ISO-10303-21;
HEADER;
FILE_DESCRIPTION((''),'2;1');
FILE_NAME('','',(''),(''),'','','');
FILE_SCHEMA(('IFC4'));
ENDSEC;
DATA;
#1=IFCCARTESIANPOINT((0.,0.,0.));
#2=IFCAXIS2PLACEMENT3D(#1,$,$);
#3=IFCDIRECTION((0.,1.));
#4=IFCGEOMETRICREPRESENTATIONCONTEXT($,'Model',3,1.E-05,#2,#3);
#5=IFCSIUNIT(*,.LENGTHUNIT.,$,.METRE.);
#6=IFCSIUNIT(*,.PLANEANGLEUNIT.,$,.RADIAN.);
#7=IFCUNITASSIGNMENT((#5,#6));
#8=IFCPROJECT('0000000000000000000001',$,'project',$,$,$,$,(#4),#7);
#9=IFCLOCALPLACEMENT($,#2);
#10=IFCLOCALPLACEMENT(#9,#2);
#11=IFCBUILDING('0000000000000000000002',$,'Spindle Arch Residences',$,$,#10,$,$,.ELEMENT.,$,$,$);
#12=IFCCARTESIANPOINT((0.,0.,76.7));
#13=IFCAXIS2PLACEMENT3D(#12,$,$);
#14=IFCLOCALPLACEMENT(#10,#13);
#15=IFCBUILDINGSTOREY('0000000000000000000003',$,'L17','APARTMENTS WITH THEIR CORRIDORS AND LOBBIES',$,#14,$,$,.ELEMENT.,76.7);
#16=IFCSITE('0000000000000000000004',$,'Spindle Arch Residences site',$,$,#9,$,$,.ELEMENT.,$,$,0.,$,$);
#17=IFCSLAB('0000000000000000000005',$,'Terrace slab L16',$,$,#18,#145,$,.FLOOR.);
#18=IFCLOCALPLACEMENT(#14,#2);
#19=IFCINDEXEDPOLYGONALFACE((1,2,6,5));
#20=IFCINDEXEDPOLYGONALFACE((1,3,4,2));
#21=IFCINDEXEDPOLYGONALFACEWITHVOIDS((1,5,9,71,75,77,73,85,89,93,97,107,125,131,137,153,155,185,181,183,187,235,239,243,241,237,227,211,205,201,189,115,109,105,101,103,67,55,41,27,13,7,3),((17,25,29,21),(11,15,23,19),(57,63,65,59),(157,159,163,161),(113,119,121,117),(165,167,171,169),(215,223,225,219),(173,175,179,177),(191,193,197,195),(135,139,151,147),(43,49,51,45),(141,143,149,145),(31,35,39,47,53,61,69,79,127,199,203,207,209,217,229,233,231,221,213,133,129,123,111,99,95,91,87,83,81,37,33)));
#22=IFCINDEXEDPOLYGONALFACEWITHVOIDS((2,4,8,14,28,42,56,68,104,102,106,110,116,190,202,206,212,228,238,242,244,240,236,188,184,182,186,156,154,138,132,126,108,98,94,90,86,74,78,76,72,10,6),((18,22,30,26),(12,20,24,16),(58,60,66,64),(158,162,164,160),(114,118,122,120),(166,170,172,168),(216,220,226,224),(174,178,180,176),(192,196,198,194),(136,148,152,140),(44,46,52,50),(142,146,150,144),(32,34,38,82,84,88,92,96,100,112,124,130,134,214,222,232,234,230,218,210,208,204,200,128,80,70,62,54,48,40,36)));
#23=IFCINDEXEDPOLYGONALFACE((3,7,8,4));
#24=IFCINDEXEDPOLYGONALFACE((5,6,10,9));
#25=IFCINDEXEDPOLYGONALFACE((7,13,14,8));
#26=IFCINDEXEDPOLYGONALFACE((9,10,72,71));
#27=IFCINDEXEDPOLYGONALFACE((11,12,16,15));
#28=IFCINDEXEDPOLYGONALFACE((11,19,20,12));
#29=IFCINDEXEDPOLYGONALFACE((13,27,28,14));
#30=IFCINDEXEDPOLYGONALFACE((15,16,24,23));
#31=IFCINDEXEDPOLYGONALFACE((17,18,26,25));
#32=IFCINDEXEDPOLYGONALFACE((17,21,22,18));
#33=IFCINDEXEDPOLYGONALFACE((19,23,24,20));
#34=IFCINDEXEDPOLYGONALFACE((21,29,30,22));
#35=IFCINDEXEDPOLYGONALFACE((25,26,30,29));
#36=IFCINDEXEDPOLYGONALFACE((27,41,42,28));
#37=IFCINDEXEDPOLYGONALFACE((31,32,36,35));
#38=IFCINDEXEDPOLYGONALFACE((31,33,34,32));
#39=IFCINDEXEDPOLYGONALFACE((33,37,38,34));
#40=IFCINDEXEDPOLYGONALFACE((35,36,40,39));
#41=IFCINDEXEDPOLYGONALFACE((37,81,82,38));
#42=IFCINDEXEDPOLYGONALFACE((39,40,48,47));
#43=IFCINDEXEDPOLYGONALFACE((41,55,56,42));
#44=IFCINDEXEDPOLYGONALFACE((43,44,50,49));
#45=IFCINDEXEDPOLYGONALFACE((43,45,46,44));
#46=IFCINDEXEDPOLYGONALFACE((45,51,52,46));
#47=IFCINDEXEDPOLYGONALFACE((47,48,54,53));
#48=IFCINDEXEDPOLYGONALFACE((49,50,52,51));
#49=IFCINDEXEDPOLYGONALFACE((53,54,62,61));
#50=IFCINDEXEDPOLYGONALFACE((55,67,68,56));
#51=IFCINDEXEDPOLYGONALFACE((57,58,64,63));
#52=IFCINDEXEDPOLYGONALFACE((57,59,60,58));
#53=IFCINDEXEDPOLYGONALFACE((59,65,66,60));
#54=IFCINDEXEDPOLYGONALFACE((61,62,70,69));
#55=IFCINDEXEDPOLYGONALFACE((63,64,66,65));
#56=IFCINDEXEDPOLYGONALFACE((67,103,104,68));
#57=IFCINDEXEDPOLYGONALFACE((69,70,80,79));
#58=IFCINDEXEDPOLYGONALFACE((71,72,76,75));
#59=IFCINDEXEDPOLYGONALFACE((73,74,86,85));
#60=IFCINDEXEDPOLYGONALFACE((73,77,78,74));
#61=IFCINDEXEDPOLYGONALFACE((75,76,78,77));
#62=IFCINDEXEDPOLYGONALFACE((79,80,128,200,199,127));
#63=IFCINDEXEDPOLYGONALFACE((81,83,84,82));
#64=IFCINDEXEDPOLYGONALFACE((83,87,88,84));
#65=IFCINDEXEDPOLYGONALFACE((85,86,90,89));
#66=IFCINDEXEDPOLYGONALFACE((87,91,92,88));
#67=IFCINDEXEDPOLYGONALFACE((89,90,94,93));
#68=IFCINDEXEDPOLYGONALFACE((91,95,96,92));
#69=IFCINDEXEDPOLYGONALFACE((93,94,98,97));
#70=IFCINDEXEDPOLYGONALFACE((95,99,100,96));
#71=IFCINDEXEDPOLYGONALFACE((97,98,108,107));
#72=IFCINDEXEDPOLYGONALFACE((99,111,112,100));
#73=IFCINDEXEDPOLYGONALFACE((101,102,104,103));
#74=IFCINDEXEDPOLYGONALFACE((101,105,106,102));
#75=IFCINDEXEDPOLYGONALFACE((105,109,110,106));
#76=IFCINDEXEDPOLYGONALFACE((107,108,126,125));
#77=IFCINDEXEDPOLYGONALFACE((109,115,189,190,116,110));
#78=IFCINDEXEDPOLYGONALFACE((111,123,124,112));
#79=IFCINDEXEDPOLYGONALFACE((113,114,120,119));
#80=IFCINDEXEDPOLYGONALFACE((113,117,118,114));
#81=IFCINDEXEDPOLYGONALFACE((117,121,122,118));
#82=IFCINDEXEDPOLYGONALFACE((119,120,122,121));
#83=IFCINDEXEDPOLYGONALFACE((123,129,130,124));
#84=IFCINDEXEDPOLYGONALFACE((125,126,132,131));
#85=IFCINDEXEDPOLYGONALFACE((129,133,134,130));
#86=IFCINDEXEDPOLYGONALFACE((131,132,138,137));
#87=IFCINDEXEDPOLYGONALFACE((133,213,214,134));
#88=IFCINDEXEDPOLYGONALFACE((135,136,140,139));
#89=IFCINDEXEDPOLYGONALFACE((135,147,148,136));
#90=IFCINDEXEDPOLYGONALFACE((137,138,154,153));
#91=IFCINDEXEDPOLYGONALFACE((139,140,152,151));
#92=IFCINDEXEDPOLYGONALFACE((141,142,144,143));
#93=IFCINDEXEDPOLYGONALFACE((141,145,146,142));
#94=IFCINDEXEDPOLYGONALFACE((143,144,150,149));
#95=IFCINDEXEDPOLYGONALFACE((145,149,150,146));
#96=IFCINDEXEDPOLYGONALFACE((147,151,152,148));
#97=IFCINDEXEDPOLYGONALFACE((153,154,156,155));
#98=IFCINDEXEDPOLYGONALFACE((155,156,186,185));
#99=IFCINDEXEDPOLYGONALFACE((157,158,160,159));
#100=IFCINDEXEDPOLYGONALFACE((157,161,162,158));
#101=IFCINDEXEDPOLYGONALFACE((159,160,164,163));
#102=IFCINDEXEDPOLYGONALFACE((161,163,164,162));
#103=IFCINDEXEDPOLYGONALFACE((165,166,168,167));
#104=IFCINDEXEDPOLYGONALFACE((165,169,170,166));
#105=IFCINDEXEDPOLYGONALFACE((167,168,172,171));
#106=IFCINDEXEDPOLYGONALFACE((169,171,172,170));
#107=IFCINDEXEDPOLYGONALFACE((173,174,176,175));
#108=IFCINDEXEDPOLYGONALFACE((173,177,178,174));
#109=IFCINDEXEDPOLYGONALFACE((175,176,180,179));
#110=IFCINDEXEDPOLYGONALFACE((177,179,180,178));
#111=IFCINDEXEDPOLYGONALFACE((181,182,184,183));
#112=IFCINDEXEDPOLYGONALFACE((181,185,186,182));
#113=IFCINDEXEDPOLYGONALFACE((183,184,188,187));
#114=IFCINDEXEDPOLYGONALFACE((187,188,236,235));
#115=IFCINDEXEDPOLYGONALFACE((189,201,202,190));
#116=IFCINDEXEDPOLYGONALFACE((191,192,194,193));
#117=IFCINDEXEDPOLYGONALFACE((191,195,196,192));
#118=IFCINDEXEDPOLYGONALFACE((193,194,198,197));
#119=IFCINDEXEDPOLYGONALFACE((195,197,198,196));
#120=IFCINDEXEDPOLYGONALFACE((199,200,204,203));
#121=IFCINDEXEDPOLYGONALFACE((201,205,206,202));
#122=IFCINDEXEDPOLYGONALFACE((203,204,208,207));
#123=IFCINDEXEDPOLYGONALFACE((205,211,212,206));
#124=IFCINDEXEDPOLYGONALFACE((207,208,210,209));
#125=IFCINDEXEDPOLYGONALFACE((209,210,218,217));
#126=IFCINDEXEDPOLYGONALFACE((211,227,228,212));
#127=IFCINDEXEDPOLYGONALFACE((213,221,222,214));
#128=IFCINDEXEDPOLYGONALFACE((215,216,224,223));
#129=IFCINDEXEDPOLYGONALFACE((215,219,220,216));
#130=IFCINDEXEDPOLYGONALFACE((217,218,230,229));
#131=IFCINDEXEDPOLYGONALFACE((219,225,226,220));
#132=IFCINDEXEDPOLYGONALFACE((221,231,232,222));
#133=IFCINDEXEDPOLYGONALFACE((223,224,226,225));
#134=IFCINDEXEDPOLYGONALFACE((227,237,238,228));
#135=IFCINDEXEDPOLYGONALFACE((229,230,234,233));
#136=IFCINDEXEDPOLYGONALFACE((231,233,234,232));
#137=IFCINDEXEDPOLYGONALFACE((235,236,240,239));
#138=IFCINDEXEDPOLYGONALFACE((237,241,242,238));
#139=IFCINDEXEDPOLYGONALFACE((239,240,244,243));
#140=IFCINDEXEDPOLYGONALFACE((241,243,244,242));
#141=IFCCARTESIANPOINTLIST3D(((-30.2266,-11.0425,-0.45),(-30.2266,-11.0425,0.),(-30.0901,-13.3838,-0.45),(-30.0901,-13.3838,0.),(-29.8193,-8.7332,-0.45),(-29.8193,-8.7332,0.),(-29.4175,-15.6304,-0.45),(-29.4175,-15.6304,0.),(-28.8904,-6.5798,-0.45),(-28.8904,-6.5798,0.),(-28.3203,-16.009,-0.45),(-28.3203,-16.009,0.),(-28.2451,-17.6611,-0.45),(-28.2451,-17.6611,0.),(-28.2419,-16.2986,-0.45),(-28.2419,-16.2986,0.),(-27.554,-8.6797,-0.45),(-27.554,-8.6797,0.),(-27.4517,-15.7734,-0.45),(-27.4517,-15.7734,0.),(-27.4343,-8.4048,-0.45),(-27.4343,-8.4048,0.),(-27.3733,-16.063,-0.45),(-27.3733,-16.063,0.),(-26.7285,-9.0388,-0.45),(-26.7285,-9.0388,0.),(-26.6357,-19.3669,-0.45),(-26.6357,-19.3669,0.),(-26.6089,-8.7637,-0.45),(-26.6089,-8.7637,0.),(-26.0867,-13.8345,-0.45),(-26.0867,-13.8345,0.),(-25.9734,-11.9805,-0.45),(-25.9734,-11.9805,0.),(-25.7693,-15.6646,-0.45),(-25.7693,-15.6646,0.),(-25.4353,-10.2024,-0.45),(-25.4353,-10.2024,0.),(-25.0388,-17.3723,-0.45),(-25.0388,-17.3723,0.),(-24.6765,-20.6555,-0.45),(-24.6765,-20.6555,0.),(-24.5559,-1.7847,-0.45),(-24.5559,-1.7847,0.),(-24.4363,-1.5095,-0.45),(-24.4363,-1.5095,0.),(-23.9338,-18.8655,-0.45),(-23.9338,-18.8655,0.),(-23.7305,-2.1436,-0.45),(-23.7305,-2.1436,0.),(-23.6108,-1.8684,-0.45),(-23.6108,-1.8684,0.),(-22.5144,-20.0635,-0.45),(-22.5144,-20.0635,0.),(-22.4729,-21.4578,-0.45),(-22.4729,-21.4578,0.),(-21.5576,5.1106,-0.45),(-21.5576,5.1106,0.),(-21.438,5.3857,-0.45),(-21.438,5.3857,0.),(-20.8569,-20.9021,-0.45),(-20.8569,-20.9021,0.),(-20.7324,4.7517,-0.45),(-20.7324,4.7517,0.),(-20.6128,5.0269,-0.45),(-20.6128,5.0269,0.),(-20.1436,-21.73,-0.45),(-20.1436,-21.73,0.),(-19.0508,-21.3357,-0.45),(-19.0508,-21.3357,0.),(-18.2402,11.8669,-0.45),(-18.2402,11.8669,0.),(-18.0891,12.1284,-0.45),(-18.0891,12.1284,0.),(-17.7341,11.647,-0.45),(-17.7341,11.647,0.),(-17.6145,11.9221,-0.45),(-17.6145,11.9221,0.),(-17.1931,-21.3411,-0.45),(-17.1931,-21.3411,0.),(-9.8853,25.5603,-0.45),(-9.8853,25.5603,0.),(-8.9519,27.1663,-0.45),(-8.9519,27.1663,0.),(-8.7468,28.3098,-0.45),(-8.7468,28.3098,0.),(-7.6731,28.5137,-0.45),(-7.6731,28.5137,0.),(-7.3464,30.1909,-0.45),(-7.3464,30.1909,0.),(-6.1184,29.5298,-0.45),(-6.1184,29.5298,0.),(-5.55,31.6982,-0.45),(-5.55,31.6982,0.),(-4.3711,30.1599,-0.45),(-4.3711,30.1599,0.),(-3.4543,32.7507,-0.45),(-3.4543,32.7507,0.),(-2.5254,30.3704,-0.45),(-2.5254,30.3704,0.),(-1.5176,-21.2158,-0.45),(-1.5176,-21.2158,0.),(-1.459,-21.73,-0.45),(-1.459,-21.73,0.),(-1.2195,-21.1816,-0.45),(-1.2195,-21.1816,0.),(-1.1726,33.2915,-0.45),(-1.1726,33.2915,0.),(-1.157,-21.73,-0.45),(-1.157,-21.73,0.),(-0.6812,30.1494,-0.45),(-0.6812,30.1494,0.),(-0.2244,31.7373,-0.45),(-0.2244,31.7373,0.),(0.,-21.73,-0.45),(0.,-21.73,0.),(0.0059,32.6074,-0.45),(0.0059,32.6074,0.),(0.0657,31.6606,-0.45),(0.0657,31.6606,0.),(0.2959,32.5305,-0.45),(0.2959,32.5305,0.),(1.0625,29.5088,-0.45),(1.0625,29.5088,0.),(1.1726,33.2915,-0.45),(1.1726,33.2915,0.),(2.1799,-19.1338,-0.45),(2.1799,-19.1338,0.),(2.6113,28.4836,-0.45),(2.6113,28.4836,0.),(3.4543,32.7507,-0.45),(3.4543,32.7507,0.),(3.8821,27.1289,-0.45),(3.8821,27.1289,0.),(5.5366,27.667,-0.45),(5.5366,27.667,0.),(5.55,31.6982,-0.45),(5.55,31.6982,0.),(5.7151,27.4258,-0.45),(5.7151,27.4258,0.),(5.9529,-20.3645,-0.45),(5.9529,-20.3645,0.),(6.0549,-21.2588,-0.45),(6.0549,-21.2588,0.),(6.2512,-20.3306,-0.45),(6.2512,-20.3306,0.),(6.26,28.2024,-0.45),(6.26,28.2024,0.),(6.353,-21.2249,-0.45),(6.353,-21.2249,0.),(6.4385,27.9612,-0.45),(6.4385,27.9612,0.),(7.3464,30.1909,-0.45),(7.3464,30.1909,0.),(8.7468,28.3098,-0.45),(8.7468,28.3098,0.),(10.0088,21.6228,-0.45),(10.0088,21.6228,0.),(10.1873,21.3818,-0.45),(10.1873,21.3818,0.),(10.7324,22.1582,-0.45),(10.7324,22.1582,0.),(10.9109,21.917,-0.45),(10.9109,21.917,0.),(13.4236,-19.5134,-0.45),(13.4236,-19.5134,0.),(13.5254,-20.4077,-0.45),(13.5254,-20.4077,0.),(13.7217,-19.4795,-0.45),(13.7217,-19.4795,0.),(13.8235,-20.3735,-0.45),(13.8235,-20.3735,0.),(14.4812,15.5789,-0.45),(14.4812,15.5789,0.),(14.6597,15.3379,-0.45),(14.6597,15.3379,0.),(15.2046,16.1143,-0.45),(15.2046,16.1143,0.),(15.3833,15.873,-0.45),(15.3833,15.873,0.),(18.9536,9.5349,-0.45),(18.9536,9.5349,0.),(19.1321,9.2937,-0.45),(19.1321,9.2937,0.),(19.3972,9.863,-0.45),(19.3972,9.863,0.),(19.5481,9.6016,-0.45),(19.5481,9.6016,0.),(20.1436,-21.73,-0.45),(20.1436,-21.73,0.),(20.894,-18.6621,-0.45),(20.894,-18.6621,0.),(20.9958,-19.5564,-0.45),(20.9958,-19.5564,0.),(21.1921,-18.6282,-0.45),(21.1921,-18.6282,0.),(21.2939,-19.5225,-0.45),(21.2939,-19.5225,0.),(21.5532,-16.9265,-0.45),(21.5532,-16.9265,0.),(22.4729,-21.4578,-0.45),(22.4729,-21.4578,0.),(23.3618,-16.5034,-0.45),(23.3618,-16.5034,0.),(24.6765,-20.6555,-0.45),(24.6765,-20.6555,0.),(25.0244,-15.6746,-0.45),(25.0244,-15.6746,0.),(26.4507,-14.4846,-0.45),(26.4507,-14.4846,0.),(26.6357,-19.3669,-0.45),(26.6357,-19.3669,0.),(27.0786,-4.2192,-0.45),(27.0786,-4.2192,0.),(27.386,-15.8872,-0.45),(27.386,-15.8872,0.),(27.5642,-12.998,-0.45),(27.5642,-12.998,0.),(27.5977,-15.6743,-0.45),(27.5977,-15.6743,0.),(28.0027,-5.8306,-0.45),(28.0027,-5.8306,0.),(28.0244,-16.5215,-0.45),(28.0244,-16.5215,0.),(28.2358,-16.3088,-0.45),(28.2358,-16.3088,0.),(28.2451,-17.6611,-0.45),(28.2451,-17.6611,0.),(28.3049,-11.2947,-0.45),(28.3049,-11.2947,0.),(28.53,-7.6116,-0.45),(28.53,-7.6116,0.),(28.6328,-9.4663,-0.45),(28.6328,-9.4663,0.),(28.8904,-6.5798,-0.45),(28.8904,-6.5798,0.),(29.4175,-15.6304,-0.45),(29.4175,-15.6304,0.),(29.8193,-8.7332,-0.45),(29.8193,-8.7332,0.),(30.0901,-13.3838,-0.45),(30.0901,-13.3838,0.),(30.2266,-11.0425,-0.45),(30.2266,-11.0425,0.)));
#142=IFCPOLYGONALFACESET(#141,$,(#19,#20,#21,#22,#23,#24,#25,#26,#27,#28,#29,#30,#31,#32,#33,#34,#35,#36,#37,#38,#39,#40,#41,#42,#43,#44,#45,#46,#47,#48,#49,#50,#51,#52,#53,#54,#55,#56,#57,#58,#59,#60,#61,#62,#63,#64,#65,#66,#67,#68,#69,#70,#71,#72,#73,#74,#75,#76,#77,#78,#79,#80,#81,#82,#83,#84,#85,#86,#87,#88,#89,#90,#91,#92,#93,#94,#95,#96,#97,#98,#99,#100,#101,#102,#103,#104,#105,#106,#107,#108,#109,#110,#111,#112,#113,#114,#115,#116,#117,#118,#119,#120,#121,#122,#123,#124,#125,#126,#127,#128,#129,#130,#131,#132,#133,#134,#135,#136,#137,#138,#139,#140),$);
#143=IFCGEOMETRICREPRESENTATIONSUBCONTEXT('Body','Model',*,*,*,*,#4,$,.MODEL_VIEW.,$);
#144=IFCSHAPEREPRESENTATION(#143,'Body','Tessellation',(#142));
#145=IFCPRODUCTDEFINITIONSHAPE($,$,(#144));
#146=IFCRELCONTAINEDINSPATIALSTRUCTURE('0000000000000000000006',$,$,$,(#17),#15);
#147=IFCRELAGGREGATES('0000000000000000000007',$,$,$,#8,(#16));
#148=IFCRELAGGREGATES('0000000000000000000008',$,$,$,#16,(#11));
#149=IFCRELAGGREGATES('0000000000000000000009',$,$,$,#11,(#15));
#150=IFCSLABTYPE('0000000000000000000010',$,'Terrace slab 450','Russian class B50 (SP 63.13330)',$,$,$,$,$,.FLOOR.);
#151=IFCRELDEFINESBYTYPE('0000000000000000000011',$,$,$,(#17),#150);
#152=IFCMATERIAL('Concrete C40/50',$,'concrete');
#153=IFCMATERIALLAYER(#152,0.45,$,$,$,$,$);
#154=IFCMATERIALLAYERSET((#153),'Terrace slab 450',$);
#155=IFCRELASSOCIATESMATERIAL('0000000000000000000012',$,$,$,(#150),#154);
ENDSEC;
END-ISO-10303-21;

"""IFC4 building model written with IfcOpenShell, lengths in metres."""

from ifc_helpers import new_model, si_unit, direction, frame, origin, place, context, subcontext, project, spatial, polyline, outline, extrude, material, layer, layer_set, type_object, element, save


model = new_model("IFC4")

# Units and contexts
model_context = context("Model", 3, precision=1e-05, world=origin(), true_north=direction((0.0, 1.0)))
body_context = subcontext(model_context, "Body", "Model", "MODEL_VIEW")
ifc_project = project(units=[si_unit("LENGTHUNIT", "METRE"), si_unit("PLANEANGLEUNIT", "RADIAN")], contexts=[model_context])

# Site, building, storey
site_placement = place(None, origin())
site = spatial("IfcSite", under=ifc_project, at=site_placement, Name="Spindle Arch Residences site", CompositionType="ELEMENT", RefElevation=0.0)
building_placement = place(site_placement, origin())
building = spatial("IfcBuilding", under=site, at=building_placement, Name="Spindle Arch Residences", CompositionType="ELEMENT")
storey_placement = place(building_placement, frame((0.0, 0.0, 76.7)))
storey = spatial("IfcBuildingStorey", under=building, at=storey_placement, Name="L17", Description="APARTMENTS WITH THEIR CORRIDORS AND LOBBIES", CompositionType="ELEMENT", Elevation=76.7)

# Slab
ifc_material_1 = material(Name="Concrete C40/50", Category="concrete")
ifc_layer_1 = layer(ifc_material_1, 0.45)
ifc_layer_set_1 = layer_set([ifc_layer_1], Name="Terrace slab 450")
slab_type_1 = type_object("IfcSlabType", Name="Terrace slab 450", Description="Russian class B50 (SP 63.13330)", PredefinedType="FLOOR", material=ifc_layer_set_1)
slab_1_placement = place(storey_placement, frame((0.0, 0.0, -0.45)))
element("IfcSlab", 1, at=slab_1_placement, inside=storey, type_object=slab_type_1, Name="Terrace slab L16", PredefinedType="FLOOR", context=body_context, shape_type="SweptSolid", body=[
    extrude(outline(polyline([(-22.4729, -21.4578), (-24.6765, -20.6555), (-26.6357, -19.3669), (-28.2451, -17.6611), (-29.4175, -15.6304), (-30.0901, -13.3838), (-30.2266, -11.0425), (-29.8193, -8.7332), (-28.8904, -6.5798), (-18.2402, 11.8669), (-17.7341, 11.647), (-17.6145, 11.9221), (-18.0891, 12.1284), (-8.7468, 28.3098), (-7.3464, 30.1909), (-5.55, 31.6982), (-3.4543, 32.7507), (-1.1726, 33.2915), (1.1726, 33.2915), (3.4543, 32.7507), (5.55, 31.6982), (7.3464, 30.1909), (8.7468, 28.3098), (19.3972, 9.863), (18.9536, 9.5349), (19.1321, 9.2937), (19.5481, 9.6016), (28.8904, -6.5798), (29.8193, -8.7332), (30.2266, -11.0425), (30.0901, -13.3838), (29.4175, -15.6304), (28.2451, -17.6611), (26.6357, -19.3669), (24.6765, -20.6555), (22.4729, -21.4578), (20.1436, -21.73), (0.0, -21.73), (-1.157, -21.73), (-1.2195, -21.1816), (-1.5176, -21.2158), (-1.459, -21.73), (-20.1436, -21.73), (-22.4729, -21.4578)]), holes=[polyline([(23.3618, -16.5034), (25.0244, -15.6746), (26.4507, -14.4846), (27.5642, -12.998), (28.3049, -11.2947), (28.6328, -9.4663), (28.53, -7.6116), (28.0027, -5.8306), (27.0786, -4.2192), (3.8821, 27.1289), (2.6113, 28.4836), (1.0625, 29.5088), (-0.6812, 30.1494), (-2.5254, 30.3704), (-4.3711, 30.1599), (-6.1184, 29.5298), (-7.6731, 28.5137), (-8.9519, 27.1663), (-9.8853, 25.5603), (-25.4353, -10.2024), (-25.9734, -11.9805), (-26.0867, -13.8345), (-25.7693, -15.6646), (-25.0388, -17.3723), (-23.9338, -18.8655), (-22.5144, -20.0635), (-20.8569, -20.9021), (-19.0508, -21.3357), (-17.1931, -21.3411), (2.1799, -19.1338), (21.5532, -16.9265), (23.3618, -16.5034)]), polyline([(-27.4517, -15.7734), (-28.3203, -16.009), (-28.2419, -16.2986), (-27.3733, -16.063), (-27.4517, -15.7734)]), polyline([(-26.6089, -8.7637), (-27.4343, -8.4048), (-27.554, -8.6797), (-26.7285, -9.0388), (-26.6089, -8.7637)]), polyline([(-24.4363, -1.5095), (-24.5559, -1.7847), (-23.7305, -2.1436), (-23.6108, -1.8684), (-24.4363, -1.5095)]), polyline([(-20.6128, 5.0269), (-21.438, 5.3857), (-21.5576, 5.1106), (-20.7324, 4.7517), (-20.6128, 5.0269)]), polyline([(6.0549, -21.2588), (6.353, -21.2249), (6.2512, -20.3306), (5.9529, -20.3645), (6.0549, -21.2588)]), polyline([(13.4236, -19.5134), (13.5254, -20.4077), (13.8235, -20.3735), (13.7217, -19.4795), (13.4236, -19.5134)]), polyline([(20.894, -18.6621), (20.9958, -19.5564), (21.2939, -19.5225), (21.1921, -18.6282), (20.894, -18.6621)]), polyline([(28.0244, -16.5215), (28.2358, -16.3088), (27.5977, -15.6743), (27.386, -15.8872), (28.0244, -16.5215)]), polyline([(14.6597, 15.3379), (15.3833, 15.873), (15.2046, 16.1143), (14.4812, 15.5789), (14.6597, 15.3379)]), polyline([(10.9109, 21.917), (10.7324, 22.1582), (10.0088, 21.6228), (10.1873, 21.3818), (10.9109, 21.917)]), polyline([(5.7151, 27.4258), (6.4385, 27.9612), (6.26, 28.2024), (5.5366, 27.667), (5.7151, 27.4258)]), polyline([(0.0657, 31.6606), (0.2959, 32.5305), (0.0059, 32.6074), (-0.2244, 31.7373), (0.0657, 31.6606)])]), origin(), (0.0, 0.0, 1.0), 0.45),
])

save(model, "model.ifc")
